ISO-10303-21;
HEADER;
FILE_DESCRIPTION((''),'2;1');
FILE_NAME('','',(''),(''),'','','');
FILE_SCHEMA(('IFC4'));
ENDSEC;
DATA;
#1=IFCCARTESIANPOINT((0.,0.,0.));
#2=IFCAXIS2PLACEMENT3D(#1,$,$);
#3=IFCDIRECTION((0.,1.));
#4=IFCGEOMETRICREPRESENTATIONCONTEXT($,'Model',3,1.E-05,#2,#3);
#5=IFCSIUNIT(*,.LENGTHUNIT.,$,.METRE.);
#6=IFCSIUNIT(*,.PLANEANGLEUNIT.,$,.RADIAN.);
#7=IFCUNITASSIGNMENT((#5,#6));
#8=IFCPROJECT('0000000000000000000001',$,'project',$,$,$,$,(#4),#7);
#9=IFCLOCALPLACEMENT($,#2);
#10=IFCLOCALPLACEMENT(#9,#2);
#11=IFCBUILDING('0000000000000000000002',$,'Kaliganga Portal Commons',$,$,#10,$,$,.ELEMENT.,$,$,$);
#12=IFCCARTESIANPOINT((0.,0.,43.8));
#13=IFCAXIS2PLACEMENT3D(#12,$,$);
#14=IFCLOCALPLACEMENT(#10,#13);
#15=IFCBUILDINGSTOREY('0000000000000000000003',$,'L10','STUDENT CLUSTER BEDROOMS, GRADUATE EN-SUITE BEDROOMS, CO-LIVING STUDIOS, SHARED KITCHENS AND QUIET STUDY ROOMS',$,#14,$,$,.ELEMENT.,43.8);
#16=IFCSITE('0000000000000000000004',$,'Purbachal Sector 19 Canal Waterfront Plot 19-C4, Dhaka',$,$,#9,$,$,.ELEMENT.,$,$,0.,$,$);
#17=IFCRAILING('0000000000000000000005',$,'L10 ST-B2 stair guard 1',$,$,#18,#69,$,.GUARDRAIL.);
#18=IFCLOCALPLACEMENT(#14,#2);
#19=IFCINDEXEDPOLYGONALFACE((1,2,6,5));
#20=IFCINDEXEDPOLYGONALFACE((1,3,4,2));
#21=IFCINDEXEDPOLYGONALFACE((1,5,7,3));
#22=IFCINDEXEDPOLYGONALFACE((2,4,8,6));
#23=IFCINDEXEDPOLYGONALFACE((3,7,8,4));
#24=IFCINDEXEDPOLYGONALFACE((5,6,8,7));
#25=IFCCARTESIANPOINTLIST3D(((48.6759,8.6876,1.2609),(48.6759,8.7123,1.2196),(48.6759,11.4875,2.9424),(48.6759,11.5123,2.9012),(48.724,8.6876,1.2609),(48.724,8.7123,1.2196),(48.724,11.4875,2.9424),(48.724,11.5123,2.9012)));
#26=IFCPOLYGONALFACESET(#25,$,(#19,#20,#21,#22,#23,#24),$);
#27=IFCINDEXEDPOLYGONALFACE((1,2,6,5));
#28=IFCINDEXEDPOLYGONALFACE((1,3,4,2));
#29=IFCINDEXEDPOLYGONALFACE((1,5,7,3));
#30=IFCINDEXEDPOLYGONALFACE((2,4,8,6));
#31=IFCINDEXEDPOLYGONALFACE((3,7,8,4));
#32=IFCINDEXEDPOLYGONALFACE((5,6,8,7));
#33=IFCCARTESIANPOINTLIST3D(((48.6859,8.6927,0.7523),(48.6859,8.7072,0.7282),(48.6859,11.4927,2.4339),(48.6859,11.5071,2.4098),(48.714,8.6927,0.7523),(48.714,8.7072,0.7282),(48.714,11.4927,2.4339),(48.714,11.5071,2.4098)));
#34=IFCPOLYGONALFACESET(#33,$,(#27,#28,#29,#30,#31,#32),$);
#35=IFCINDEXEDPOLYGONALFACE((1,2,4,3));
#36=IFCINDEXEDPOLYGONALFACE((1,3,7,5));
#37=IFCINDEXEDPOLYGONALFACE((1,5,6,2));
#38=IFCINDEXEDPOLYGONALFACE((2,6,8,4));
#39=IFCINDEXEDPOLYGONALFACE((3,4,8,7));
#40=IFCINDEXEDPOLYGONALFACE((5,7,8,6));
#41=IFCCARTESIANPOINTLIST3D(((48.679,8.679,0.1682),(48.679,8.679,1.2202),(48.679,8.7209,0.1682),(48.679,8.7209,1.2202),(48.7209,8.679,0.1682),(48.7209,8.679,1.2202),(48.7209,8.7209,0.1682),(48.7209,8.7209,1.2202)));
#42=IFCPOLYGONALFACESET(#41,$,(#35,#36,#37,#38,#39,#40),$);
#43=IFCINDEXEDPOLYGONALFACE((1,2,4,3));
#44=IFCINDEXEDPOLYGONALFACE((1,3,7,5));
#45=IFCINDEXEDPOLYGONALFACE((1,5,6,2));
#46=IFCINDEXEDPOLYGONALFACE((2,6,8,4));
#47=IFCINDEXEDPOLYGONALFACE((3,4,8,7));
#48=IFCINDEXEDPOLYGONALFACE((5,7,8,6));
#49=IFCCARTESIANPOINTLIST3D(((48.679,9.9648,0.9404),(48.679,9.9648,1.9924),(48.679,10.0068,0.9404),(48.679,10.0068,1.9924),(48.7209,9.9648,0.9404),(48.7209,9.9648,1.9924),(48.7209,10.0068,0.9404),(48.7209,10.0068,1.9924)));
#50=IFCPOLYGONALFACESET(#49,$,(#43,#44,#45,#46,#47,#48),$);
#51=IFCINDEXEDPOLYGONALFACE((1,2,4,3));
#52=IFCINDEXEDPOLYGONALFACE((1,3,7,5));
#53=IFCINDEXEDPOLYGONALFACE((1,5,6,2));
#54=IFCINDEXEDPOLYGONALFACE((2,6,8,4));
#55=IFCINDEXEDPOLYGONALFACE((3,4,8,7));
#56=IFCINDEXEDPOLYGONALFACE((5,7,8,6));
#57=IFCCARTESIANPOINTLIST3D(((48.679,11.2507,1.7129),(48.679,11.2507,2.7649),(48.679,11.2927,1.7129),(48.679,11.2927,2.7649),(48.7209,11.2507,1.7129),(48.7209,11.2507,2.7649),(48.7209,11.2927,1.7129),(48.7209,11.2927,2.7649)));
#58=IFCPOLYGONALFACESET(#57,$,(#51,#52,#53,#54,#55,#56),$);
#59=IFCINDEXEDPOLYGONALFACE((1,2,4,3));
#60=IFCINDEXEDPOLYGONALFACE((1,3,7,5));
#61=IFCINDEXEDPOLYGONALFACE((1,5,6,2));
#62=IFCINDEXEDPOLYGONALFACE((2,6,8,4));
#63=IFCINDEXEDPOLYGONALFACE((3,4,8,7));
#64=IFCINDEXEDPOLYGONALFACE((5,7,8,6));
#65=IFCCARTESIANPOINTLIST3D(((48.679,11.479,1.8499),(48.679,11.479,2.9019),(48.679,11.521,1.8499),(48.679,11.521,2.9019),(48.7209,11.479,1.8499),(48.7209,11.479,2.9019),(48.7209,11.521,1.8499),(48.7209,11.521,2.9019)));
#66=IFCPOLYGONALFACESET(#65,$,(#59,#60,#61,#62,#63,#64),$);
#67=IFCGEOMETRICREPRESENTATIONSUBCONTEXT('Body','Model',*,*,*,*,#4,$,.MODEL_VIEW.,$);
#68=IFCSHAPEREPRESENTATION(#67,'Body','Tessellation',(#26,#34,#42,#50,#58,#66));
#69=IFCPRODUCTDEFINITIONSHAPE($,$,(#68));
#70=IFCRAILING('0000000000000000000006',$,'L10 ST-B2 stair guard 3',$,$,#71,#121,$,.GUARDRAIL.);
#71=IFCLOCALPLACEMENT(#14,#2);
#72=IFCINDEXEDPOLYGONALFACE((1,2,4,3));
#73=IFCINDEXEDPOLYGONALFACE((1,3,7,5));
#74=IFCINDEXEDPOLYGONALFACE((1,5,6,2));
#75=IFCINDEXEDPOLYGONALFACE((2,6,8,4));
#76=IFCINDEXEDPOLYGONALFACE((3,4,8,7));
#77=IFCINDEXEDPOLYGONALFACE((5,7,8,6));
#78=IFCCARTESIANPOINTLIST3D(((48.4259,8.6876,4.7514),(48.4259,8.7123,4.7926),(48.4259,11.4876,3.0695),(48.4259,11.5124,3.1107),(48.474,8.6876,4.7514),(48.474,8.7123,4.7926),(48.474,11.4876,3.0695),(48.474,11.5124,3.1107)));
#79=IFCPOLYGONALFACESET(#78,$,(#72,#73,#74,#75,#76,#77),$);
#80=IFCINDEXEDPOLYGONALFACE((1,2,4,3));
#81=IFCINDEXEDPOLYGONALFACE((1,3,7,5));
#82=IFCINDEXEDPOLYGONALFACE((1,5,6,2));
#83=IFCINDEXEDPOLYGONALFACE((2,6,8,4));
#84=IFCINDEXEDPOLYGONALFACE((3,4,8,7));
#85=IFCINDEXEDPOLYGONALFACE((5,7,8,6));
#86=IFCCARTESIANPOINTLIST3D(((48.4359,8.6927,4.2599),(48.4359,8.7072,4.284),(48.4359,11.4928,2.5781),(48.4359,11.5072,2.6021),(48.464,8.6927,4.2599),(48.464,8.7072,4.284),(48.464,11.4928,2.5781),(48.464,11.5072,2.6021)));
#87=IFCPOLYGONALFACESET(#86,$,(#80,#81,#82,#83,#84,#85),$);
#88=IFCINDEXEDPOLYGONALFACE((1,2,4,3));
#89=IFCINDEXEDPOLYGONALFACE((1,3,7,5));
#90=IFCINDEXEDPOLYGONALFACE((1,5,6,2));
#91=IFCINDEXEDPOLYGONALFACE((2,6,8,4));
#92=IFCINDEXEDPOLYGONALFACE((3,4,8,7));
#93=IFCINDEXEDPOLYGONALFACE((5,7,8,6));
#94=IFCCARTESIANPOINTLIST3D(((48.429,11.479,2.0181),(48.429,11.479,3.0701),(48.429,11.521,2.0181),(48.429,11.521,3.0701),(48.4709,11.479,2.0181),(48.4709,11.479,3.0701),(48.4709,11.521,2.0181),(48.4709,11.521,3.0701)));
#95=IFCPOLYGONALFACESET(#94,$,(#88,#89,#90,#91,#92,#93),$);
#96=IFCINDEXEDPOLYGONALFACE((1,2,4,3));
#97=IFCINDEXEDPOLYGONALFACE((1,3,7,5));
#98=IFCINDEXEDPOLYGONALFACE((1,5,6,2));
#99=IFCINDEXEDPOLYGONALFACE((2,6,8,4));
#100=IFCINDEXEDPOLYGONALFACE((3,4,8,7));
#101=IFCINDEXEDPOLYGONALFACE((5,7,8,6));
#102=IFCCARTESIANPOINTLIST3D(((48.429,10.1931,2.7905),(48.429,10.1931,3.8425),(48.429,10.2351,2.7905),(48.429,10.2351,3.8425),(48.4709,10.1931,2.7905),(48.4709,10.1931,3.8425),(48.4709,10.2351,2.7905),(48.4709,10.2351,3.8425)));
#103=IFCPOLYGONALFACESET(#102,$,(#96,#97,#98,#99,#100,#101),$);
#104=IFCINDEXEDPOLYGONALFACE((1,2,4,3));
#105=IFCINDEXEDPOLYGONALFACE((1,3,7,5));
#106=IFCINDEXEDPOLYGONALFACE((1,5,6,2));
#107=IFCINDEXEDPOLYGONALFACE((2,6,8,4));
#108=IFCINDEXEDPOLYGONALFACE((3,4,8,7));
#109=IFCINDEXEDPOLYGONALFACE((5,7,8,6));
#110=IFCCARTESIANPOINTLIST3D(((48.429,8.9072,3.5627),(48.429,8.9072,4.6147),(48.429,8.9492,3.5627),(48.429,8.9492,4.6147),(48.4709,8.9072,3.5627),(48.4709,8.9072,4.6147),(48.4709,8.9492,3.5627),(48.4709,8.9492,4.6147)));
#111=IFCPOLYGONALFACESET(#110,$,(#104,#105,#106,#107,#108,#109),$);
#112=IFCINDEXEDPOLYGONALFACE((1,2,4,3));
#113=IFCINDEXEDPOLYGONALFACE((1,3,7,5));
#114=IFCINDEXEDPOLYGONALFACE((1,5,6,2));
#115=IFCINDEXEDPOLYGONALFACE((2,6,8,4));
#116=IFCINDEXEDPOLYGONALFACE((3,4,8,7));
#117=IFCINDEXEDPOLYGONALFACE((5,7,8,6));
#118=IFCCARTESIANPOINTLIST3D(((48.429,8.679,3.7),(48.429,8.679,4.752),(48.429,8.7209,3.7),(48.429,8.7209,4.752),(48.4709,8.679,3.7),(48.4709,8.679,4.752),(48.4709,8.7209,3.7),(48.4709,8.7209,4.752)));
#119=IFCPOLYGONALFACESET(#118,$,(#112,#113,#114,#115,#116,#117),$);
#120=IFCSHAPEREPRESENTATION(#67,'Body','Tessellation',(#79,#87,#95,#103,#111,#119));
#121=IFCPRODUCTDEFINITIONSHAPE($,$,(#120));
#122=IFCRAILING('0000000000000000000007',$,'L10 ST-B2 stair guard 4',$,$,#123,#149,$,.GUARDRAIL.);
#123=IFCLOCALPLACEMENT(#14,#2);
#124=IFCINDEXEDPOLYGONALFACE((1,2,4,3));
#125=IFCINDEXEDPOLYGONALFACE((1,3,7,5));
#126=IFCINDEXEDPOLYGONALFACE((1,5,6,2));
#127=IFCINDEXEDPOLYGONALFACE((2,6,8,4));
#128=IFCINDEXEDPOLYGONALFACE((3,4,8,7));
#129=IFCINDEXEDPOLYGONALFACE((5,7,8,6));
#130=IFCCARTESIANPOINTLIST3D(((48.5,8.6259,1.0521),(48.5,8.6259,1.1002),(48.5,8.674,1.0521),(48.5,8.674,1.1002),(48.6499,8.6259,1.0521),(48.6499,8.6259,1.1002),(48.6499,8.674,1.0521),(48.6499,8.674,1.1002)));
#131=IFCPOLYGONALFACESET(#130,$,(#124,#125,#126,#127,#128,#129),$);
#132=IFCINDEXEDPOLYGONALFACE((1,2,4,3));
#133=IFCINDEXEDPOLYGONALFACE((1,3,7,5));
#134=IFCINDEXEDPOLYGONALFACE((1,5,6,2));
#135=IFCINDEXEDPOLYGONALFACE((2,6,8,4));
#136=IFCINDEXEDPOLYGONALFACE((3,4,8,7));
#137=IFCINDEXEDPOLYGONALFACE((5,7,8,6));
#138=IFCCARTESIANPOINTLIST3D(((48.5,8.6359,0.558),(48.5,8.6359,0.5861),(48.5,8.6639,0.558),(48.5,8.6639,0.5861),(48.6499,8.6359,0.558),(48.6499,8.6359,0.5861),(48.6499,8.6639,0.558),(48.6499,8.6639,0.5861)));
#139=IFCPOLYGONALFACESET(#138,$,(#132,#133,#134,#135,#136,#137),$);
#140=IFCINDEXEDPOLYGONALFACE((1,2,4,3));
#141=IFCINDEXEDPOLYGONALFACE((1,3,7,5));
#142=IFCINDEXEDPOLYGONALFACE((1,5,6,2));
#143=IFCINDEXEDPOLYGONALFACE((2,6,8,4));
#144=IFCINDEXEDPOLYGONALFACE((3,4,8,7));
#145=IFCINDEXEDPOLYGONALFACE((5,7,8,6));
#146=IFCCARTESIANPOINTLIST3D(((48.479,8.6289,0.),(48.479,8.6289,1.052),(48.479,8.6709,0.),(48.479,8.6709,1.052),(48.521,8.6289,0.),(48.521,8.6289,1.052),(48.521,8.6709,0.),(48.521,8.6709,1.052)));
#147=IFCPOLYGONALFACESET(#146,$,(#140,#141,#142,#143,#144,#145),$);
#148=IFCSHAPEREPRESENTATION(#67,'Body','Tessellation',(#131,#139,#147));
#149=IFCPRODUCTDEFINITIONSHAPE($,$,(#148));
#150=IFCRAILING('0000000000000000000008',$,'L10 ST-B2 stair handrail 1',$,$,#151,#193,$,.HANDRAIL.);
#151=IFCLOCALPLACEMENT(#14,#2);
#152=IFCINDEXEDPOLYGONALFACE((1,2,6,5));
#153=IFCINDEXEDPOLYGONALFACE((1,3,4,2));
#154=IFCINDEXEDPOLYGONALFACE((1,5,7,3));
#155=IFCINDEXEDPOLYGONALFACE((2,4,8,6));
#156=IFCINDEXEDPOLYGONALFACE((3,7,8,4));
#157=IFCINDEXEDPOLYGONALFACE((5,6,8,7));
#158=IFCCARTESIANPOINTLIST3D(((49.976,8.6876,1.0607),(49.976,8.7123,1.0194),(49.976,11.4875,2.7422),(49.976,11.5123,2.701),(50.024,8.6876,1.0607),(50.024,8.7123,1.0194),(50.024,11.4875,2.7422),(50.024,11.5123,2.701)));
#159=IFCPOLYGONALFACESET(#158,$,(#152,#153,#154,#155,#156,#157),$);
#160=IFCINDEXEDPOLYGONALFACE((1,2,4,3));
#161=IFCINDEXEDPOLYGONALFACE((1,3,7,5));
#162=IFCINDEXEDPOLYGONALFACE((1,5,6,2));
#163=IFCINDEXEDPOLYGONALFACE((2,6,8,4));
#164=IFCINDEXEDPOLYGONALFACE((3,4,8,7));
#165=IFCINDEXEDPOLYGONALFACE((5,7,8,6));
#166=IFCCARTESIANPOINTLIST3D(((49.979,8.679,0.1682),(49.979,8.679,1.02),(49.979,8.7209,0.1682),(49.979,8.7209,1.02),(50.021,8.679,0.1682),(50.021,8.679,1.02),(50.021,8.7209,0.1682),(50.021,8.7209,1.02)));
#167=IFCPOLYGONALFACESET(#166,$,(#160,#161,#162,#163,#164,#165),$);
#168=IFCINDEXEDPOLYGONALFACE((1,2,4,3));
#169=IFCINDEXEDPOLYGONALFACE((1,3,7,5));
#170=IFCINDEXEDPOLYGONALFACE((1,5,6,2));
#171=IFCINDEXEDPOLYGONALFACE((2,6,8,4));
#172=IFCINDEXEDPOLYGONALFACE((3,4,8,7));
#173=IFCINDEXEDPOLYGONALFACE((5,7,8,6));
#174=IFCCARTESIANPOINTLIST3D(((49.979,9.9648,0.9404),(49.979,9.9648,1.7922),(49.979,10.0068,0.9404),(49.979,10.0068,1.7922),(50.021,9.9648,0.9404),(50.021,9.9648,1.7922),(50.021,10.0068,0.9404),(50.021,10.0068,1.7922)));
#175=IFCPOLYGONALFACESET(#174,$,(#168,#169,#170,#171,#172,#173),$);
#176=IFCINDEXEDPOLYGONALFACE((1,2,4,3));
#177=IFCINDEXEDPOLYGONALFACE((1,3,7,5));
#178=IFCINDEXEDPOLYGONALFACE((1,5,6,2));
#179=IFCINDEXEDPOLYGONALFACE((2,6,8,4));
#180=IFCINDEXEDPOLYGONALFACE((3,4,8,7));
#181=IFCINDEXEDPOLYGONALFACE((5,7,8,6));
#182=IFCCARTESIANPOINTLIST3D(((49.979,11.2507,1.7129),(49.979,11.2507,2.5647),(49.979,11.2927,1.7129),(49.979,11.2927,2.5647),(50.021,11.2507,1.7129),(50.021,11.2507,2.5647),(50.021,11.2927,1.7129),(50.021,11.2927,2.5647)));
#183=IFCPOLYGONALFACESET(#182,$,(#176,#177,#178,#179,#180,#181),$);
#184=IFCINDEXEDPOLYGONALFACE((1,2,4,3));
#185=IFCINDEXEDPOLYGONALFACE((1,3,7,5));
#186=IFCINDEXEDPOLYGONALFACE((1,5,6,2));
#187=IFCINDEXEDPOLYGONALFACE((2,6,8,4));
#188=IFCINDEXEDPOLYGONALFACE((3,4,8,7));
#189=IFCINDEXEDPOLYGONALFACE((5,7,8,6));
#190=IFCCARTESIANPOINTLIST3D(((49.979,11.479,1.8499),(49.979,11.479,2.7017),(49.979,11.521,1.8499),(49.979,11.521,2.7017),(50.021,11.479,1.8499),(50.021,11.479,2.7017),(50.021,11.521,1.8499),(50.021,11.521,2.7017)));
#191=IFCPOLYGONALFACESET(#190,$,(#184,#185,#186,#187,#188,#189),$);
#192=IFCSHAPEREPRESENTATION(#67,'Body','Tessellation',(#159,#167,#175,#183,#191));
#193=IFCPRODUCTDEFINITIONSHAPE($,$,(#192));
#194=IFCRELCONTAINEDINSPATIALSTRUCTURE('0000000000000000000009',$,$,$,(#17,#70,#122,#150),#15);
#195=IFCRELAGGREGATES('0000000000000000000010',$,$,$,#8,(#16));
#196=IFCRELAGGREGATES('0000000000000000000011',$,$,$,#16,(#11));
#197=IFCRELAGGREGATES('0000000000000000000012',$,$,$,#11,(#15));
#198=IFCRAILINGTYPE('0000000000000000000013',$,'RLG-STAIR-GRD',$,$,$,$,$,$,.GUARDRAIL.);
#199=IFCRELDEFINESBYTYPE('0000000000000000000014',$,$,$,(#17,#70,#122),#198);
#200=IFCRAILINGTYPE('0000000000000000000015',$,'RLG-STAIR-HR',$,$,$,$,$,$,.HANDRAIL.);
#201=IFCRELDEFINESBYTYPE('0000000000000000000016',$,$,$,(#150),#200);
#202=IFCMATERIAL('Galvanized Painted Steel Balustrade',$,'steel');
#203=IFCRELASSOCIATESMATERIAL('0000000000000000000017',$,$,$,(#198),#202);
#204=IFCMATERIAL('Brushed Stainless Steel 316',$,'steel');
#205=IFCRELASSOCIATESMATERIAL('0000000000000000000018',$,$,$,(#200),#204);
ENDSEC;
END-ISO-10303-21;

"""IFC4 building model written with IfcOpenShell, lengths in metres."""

from ifc_helpers import new_model, si_unit, direction, frame, origin, origin_2d, place, context, subcontext, project, spatial, rectangle, extrude, material, type_object, element, save


model = new_model("IFC4")

# Units and contexts
model_context = context("Model", 3, precision=1e-05, world=origin(), true_north=direction((0.0, 1.0)))
body_context = subcontext(model_context, "Body", "Model", "MODEL_VIEW")
ifc_project = project(units=[si_unit("LENGTHUNIT", "METRE"), si_unit("PLANEANGLEUNIT", "RADIAN")], contexts=[model_context])

# Site, building, storey
site_placement = place(None, origin())
site = spatial("IfcSite", under=ifc_project, at=site_placement, Name="Purbachal Sector 19 Canal Waterfront Plot 19-C4, Dhaka", CompositionType="ELEMENT", RefElevation=0.0)
building_placement = place(site_placement, origin())
building = spatial("IfcBuilding", under=site, at=building_placement, Name="Kaliganga Portal Commons", CompositionType="ELEMENT")
storey_placement = place(building_placement, frame((0.0, 0.0, 43.8)))
storey = spatial("IfcBuildingStorey", under=building, at=storey_placement, Name="L10", Description="STUDENT CLUSTER BEDROOMS, GRADUATE EN-SUITE BEDROOMS, CO-LIVING STUDIOS, SHARED KITCHENS AND QUIET STUDY ROOMS", CompositionType="ELEMENT", Elevation=43.8)

# Railings
ifc_material_1 = material(Name="Galvanized Painted Steel Balustrade", Category="steel")
railing_type_1 = type_object("IfcRailingType", Name="RLG-STAIR-GRD", PredefinedType="GUARDRAIL", material=ifc_material_1)
railing_1_placement = place(storey_placement, frame((48.7, 8.7, 0.1682)))
element("IfcRailing", 1, at=railing_1_placement, inside=storey, type_object=railing_type_1, Name="L10 ST-B2 stair guard 1", PredefinedType="GUARDRAIL", context=body_context, shape_type="SweptSolid", body=[
    extrude(rectangle(XDim=0.0481, YDim=0.0481, at=origin_2d()), frame((0.0, 0.0, 1.072), z_axis=(0.0, 0.857275, 0.514858), x_axis=(-1.0, 0.0, 0.0)), (0.0, 0.0, 1.0), 3.2661),
    extrude(rectangle(XDim=0.0281, YDim=0.0281, at=origin_2d()), frame((0.0, 0.0, 0.572), z_axis=(0.0, 0.857275, 0.514858), x_axis=(-1.0, 0.0, 0.0)), (0.0, 0.0, 1.0), 3.2661),
    extrude(rectangle(XDim=0.042, YDim=0.042, at=origin_2d()), origin(), (0.0, 0.0, 1.0), 1.052),
    extrude(rectangle(XDim=0.042, YDim=0.042, at=origin_2d()), frame((0.0, 1.2859, 0.7722)), (0.0, 0.0, 1.0), 1.052),
    extrude(rectangle(XDim=0.042, YDim=0.042, at=origin_2d()), frame((0.0, 2.5718, 1.5447)), (0.0, 0.0, 1.0), 1.052),
    extrude(rectangle(XDim=0.042, YDim=0.042, at=origin_2d()), frame((0.0, 2.8, 1.6816)), (0.0, 0.0, 1.0), 1.052),
])
railing_2_placement = place(storey_placement, frame((48.45, 11.5, 2.0181)))
element("IfcRailing", 2, at=railing_2_placement, inside=storey, type_object=railing_type_1, Name="L10 ST-B2 stair guard 3", PredefinedType="GUARDRAIL", context=body_context, shape_type="SweptSolid", body=[
    extrude(rectangle(XDim=0.0481, YDim=0.0481, at=origin_2d()), frame((0.0, 0.0, 1.072), z_axis=(0.0, -0.857242, 0.514913), x_axis=(1.0, 0.0, 0.0)), (0.0, 0.0, 1.0), 3.2664),
    extrude(rectangle(XDim=0.0281, YDim=0.0281, at=origin_2d()), frame((0.0, 0.0, 0.572), z_axis=(0.0, -0.857242, 0.514913), x_axis=(1.0, 0.0, 0.0)), (0.0, 0.0, 1.0), 3.2664),
    extrude(rectangle(XDim=0.042, YDim=0.042, at=origin_2d()), origin(), (0.0, 0.0, 1.0), 1.052),
    extrude(rectangle(XDim=0.042, YDim=0.042, at=origin_2d()), frame((0.0, -1.2859, 0.7725)), (0.0, 0.0, 1.0), 1.052),
    extrude(rectangle(XDim=0.042, YDim=0.042, at=origin_2d()), frame((0.0, -2.5718, 1.5447)), (0.0, 0.0, 1.0), 1.052),
    extrude(rectangle(XDim=0.042, YDim=0.042, at=origin_2d()), frame((0.0, -2.8, 1.6819)), (0.0, 0.0, 1.0), 1.052),
])
railing_3_placement = place(storey_placement, frame((48.6499, 8.6499, 0.0)))
element("IfcRailing", 3, at=railing_3_placement, inside=storey, type_object=railing_type_1, Name="L10 ST-B2 stair guard 4", PredefinedType="GUARDRAIL", context=body_context, shape_type="SweptSolid", body=[
    extrude(rectangle(XDim=0.0481, YDim=0.0481, at=origin_2d()), frame((0.0, 0.0, 1.0762), z_axis=(-1.0, 0.0, 0.0), x_axis=(0.0, -1.0, 0.0)), (0.0, 0.0, 1.0), 0.1499),
    extrude(rectangle(XDim=0.0281, YDim=0.0281, at=origin_2d()), frame((0.0, 0.0, 0.572), z_axis=(-1.0, 0.0, 0.0), x_axis=(0.0, -1.0, 0.0)), (0.0, 0.0, 1.0), 0.1499),
    extrude(rectangle(XDim=0.042, YDim=0.042, at=origin_2d()), frame((-0.1499, 0.0, 0.0)), (0.0, 0.0, 1.0), 1.052),
])
ifc_material_2 = material(Name="Brushed Stainless Steel 316", Category="steel")
railing_type_2 = type_object("IfcRailingType", Name="RLG-STAIR-HR", PredefinedType="HANDRAIL", material=ifc_material_2)
railing_4_placement = place(storey_placement, frame((50.0, 8.7, 0.1682)))
element("IfcRailing", 4, at=railing_4_placement, inside=storey, type_object=railing_type_2, Name="L10 ST-B2 stair handrail 1", PredefinedType="HANDRAIL", context=body_context, shape_type="SweptSolid", body=[
    extrude(rectangle(XDim=0.0481, YDim=0.0481, at=origin_2d()), frame((0.0, 0.0, 0.8718), z_axis=(0.0, 0.857275, 0.514858), x_axis=(-1.0, 0.0, 0.0)), (0.0, 0.0, 1.0), 3.2661),
    extrude(rectangle(XDim=0.042, YDim=0.042, at=origin_2d()), origin(), (0.0, 0.0, 1.0), 0.8518),
    extrude(rectangle(XDim=0.042, YDim=0.042, at=origin_2d()), frame((0.0, 1.2859, 0.7722)), (0.0, 0.0, 1.0), 0.8518),
    extrude(rectangle(XDim=0.042, YDim=0.042, at=origin_2d()), frame((0.0, 2.5718, 1.5447)), (0.0, 0.0, 1.0), 0.8518),
    extrude(rectangle(XDim=0.042, YDim=0.042, at=origin_2d()), frame((0.0, 2.8, 1.6816)), (0.0, 0.0, 1.0), 0.8518),
])

save(model, "model.ifc")
